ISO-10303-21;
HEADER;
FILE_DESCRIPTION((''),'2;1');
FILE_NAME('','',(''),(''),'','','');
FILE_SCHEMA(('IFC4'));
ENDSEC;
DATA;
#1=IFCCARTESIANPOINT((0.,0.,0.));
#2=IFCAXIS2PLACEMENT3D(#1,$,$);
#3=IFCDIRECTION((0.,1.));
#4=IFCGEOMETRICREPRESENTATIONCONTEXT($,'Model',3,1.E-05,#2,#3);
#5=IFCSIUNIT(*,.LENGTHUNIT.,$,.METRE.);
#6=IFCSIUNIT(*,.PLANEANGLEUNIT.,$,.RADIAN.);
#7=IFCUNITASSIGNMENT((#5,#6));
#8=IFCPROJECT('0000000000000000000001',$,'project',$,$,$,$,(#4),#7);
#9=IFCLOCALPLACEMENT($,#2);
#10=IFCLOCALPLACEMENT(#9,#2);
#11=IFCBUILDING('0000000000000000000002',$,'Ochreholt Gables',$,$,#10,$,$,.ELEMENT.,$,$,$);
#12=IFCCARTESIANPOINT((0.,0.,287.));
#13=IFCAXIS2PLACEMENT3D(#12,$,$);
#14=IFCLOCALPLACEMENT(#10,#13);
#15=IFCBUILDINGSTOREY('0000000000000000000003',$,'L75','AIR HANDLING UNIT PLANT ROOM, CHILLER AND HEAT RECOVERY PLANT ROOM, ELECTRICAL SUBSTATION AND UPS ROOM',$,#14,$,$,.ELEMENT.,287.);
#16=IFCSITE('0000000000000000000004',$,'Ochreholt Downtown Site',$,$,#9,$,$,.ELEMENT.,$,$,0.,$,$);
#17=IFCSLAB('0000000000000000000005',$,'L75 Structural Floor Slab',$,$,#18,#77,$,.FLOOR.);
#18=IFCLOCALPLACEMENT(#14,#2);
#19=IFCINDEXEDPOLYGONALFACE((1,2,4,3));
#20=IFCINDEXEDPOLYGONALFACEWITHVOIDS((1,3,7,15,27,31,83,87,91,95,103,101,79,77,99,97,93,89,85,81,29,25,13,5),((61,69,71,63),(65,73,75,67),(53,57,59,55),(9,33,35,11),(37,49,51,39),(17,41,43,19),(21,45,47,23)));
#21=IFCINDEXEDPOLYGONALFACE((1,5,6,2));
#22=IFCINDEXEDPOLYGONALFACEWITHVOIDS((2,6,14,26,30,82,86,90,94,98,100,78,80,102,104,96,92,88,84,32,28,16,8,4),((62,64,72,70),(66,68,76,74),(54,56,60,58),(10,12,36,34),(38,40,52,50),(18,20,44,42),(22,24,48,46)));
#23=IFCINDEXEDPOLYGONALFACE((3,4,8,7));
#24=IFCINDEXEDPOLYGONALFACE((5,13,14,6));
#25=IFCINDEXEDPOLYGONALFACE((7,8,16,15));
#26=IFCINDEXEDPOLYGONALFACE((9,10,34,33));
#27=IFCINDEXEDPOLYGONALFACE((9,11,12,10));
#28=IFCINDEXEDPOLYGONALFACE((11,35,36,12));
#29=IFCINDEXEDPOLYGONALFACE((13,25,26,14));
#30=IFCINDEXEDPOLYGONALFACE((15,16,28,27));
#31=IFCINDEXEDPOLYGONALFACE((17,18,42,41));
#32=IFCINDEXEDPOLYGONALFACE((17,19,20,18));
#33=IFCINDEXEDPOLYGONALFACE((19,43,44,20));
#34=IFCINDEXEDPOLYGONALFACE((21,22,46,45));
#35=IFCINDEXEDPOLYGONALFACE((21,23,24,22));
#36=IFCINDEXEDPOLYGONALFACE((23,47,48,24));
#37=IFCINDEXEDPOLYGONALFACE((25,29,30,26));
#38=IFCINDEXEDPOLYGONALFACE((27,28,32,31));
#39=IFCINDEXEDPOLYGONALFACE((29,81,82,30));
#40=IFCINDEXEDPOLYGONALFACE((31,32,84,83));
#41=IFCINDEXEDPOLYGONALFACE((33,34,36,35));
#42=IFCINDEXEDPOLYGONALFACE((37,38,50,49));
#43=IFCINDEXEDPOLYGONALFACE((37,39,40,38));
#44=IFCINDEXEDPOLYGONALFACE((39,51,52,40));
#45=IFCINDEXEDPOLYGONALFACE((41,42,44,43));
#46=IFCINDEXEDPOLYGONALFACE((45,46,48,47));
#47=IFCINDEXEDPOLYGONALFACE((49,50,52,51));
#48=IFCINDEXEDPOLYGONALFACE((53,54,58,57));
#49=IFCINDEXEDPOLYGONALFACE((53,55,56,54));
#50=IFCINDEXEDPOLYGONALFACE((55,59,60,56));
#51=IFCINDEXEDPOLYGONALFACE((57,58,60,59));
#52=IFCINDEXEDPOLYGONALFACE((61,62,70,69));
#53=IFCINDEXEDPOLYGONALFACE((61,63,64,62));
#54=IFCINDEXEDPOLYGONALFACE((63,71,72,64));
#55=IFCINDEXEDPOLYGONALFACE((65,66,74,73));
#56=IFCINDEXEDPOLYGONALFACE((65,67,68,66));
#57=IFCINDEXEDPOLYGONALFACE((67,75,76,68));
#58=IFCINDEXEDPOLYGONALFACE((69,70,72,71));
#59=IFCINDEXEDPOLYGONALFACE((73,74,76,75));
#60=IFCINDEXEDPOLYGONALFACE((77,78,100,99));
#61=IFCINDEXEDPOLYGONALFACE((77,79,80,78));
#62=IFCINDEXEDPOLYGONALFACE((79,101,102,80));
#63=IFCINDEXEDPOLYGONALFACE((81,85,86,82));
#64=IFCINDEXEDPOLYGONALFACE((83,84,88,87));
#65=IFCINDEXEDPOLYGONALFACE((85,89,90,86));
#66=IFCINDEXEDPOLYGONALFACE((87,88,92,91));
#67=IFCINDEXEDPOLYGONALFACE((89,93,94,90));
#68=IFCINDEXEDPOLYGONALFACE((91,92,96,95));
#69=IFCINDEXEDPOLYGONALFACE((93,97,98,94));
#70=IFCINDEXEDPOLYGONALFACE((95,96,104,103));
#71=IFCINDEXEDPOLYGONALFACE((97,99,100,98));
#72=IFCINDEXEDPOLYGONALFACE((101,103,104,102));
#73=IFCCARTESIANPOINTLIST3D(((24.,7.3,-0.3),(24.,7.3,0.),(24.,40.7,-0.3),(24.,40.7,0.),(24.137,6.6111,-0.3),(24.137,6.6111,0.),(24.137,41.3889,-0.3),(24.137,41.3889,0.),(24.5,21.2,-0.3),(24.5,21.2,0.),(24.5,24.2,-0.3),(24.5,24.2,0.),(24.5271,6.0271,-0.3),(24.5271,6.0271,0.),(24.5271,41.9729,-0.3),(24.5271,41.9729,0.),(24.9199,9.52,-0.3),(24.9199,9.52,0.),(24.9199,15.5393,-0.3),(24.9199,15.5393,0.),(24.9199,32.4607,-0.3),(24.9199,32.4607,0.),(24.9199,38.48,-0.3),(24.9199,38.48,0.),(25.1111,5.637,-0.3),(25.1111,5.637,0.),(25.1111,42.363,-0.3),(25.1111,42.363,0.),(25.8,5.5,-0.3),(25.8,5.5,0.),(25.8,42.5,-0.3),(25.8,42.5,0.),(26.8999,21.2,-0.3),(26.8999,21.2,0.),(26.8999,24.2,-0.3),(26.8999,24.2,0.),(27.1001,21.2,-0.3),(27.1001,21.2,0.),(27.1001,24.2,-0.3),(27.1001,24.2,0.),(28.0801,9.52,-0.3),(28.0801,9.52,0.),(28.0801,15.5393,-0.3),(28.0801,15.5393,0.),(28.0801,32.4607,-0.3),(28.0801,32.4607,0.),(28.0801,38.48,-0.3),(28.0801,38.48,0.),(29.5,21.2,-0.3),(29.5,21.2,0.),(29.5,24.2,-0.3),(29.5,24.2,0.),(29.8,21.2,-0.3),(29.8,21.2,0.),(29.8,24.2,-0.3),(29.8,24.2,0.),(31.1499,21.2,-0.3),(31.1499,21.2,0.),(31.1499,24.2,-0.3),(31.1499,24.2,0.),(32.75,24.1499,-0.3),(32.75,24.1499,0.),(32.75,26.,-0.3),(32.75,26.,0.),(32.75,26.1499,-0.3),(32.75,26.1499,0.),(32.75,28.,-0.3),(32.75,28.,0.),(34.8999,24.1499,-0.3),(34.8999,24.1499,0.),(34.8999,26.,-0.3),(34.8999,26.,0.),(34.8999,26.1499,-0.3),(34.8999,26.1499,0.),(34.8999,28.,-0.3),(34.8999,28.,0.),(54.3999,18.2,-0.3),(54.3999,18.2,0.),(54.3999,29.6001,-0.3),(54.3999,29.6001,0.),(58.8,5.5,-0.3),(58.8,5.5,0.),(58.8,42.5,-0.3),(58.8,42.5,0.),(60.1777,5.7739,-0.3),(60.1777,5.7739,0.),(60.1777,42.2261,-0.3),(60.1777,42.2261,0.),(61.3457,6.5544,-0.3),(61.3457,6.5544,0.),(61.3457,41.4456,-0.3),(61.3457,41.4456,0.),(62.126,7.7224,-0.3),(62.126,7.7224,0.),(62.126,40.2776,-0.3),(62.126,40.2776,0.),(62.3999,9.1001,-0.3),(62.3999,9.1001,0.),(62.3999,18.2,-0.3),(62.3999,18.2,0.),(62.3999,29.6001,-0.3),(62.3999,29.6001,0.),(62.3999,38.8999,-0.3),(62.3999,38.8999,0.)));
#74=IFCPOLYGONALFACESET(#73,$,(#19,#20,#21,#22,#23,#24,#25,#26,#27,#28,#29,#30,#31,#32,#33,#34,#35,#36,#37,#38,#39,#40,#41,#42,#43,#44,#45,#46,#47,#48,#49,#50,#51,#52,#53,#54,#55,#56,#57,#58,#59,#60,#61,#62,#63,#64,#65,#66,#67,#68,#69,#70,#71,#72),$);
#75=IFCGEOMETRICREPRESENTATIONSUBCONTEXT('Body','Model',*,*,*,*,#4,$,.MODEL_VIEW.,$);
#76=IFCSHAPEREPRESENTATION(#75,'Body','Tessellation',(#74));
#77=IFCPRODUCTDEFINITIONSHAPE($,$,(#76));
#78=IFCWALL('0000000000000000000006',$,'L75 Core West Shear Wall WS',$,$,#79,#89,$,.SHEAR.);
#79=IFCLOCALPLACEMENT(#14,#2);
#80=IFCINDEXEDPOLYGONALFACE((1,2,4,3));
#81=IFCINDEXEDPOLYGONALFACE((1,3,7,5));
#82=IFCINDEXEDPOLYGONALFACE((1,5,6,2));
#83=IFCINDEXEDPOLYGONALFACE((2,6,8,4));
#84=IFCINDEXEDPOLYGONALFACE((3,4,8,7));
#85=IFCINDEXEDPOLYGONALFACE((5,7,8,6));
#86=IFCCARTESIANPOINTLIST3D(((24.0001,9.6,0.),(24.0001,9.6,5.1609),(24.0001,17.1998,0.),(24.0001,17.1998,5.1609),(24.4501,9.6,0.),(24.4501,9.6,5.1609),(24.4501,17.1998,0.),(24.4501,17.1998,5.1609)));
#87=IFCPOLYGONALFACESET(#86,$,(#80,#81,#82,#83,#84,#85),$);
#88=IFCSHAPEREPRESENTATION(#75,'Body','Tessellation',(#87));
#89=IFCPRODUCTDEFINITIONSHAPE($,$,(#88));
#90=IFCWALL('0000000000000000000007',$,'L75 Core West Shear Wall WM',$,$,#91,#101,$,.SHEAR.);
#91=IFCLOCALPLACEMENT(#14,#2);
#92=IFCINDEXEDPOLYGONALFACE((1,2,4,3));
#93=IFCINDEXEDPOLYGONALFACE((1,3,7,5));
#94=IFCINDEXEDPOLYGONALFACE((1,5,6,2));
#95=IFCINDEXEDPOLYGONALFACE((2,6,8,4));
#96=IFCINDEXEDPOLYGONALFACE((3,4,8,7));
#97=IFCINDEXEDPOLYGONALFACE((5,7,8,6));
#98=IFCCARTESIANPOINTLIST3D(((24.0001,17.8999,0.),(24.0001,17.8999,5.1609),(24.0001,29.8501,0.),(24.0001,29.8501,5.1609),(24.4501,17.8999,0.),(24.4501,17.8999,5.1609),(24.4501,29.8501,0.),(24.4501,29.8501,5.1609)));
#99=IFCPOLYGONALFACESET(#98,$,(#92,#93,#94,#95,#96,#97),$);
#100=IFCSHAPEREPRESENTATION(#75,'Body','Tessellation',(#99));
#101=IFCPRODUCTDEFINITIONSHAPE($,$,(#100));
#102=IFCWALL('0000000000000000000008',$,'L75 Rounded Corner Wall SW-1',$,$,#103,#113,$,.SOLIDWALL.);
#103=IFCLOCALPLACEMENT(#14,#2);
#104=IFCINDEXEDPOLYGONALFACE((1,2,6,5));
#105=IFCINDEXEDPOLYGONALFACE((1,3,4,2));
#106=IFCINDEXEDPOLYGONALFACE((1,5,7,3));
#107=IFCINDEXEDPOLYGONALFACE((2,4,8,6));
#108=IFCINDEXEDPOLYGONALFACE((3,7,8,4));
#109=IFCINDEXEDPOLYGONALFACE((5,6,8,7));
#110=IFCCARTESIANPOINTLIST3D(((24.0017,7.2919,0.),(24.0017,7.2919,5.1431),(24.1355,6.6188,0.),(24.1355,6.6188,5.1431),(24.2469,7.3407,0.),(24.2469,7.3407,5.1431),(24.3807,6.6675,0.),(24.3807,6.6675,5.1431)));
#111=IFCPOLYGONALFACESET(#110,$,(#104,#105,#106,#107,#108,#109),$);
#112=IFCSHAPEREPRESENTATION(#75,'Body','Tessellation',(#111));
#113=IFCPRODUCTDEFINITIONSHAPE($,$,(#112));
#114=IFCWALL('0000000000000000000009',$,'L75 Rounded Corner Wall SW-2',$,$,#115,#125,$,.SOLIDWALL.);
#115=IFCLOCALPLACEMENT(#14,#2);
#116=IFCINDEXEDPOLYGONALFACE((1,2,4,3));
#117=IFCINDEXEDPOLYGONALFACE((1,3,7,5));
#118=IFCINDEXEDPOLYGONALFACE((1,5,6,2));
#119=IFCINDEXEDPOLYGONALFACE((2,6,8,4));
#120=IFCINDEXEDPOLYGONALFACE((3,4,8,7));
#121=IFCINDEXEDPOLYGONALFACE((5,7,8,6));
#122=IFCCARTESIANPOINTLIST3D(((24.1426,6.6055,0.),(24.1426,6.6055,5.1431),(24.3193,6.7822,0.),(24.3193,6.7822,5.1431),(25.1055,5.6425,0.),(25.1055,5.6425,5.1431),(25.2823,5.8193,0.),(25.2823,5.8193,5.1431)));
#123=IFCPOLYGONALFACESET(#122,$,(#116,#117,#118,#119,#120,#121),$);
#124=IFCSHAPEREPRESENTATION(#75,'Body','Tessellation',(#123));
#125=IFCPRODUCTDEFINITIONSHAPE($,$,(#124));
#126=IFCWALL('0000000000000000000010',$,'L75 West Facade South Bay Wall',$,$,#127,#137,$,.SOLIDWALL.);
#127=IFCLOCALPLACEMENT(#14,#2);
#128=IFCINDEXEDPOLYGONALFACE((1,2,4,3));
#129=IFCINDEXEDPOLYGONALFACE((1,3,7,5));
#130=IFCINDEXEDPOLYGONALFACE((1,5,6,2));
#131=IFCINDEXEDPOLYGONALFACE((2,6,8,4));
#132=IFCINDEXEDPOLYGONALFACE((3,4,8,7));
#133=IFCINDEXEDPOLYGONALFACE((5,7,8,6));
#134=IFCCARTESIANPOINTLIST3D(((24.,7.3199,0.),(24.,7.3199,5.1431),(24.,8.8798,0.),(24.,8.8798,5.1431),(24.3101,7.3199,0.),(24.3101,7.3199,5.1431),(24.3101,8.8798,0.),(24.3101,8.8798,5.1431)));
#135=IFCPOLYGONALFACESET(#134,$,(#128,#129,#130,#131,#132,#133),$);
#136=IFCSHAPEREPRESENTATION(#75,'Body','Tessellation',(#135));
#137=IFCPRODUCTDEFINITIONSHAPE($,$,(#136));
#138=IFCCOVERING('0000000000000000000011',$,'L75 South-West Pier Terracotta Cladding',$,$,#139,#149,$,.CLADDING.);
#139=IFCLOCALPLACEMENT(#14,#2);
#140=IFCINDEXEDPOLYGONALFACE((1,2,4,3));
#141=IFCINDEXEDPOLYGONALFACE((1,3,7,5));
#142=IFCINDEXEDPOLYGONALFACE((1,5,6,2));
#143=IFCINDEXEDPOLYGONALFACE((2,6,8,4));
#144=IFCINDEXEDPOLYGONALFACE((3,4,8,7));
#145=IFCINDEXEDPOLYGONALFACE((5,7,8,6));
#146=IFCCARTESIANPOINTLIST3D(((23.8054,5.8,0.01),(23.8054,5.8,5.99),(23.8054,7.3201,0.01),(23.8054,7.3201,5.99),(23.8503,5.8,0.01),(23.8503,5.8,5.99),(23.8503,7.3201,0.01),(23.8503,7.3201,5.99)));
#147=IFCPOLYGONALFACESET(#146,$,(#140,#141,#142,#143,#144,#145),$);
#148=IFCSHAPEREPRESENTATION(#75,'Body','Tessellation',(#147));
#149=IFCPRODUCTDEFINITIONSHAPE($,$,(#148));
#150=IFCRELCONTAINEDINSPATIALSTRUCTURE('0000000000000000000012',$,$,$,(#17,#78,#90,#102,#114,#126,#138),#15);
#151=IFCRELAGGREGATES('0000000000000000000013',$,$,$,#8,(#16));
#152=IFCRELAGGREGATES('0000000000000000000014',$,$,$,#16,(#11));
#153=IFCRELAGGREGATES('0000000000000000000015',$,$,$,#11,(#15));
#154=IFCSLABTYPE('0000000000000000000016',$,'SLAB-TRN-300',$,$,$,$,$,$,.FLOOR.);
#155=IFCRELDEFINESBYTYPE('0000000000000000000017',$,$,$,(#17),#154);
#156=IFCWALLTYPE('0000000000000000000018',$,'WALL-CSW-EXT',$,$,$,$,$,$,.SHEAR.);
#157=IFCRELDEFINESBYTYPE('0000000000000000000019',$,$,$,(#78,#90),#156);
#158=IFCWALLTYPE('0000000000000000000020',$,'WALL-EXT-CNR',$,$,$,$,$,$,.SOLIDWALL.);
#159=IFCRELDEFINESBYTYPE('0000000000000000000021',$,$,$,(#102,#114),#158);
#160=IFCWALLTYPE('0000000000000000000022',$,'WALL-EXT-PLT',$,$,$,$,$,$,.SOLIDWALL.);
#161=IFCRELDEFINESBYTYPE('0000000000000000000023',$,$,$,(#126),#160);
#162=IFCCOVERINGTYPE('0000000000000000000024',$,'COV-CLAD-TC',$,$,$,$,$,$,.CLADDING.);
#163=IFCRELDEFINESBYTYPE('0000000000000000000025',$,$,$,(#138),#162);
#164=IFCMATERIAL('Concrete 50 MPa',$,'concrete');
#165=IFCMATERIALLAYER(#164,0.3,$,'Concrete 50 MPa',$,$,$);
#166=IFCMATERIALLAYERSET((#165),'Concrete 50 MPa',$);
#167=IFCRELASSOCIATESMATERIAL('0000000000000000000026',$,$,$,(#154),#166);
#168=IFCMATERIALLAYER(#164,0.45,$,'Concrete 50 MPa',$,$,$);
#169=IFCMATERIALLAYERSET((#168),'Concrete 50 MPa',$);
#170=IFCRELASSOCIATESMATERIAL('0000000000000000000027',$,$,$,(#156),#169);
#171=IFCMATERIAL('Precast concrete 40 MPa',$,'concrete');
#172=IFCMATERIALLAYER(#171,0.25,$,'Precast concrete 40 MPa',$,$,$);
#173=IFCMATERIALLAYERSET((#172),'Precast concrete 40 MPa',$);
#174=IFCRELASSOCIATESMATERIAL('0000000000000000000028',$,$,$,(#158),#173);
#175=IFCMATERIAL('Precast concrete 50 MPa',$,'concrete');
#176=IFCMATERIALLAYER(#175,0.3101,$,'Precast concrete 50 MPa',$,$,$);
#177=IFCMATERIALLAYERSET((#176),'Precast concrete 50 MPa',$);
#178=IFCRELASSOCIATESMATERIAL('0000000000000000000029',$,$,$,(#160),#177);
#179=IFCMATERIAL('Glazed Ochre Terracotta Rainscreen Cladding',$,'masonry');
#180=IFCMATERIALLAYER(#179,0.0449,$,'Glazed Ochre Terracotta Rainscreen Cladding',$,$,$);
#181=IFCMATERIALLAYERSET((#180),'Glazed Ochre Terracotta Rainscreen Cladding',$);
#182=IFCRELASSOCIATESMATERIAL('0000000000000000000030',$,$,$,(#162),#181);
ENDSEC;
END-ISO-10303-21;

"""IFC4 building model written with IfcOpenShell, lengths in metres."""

from ifc_helpers import new_model, si_unit, direction, frame, frame_2d, origin, origin_2d, place, context, subcontext, project, spatial, polyline, rectangle, outline, extrude, material, layer, layer_set, type_object, element, save


model = new_model("IFC4")

# Units and contexts
model_context = context("Model", 3, precision=1e-05, world=origin(), true_north=direction((0.0, 1.0)))
body_context = subcontext(model_context, "Body", "Model", "MODEL_VIEW")
ifc_project = project(units=[si_unit("LENGTHUNIT", "METRE"), si_unit("PLANEANGLEUNIT", "RADIAN")], contexts=[model_context])

# Site, building, storey
site_placement = place(None, origin())
site = spatial("IfcSite", under=ifc_project, at=site_placement, Name="Ochreholt Downtown Site", CompositionType="ELEMENT", RefElevation=0.0)
building_placement = place(site_placement, origin())
building = spatial("IfcBuilding", under=site, at=building_placement, Name="Ochreholt Gables", CompositionType="ELEMENT")
storey_placement = place(building_placement, frame((0.0, 0.0, 287.0)))
storey = spatial("IfcBuildingStorey", under=building, at=storey_placement, Name="L75", Description="AIR HANDLING UNIT PLANT ROOM, CHILLER AND HEAT RECOVERY PLANT ROOM, ELECTRICAL SUBSTATION AND UPS ROOM", CompositionType="ELEMENT", Elevation=287.0)

# Shared definitions
ifc_material_1 = material(Name="Concrete 50 MPa", Category="concrete")

# Slab
ifc_layer_1 = layer(ifc_material_1, 0.3, Name="Concrete 50 MPa")
ifc_layer_set_1 = layer_set([ifc_layer_1], Name="Concrete 50 MPa")
slab_type_1 = type_object("IfcSlabType", Name="SLAB-TRN-300", PredefinedType="FLOOR", material=ifc_layer_set_1)
slab_1_placement = place(storey_placement, frame((0.0, 0.0, -0.3)))
element("IfcSlab", 1, at=slab_1_placement, inside=storey, type_object=slab_type_1, Name="L75 Structural Floor Slab", PredefinedType="FLOOR", context=body_context, shape_type="SweptSolid", body=[
    extrude(outline(polyline([(62.3999, 18.2), (54.3999, 18.2), (54.3999, 29.6001), (62.3999, 29.6001), (62.3999, 38.8999), (62.126, 40.2776), (61.3457, 41.4456), (60.1777, 42.2261), (58.8, 42.5), (25.8, 42.5), (25.1111, 42.363), (24.5271, 41.9729), (24.137, 41.3889), (24.0, 40.7), (24.0, 7.3), (24.137, 6.6111), (24.5271, 6.0271), (25.1111, 5.637), (25.8, 5.5), (58.8, 5.5), (60.1777, 5.7739), (61.3457, 6.5544), (62.126, 7.7224), (62.3999, 9.1001), (62.3999, 18.2)]), holes=[polyline([(24.9199, 15.5393), (24.9199, 9.52), (28.0801, 9.52), (28.0801, 15.5393), (24.9199, 15.5393)]), polyline([(28.0801, 32.4607), (28.0801, 38.48), (24.9199, 38.48), (24.9199, 32.4607), (28.0801, 32.4607)]), polyline([(24.5, 21.2), (26.8999, 21.2), (26.8999, 24.2), (24.5, 24.2), (24.5, 21.2)]), polyline([(27.1001, 21.2), (29.5, 21.2), (29.5, 24.2), (27.1001, 24.2), (27.1001, 21.2)]), polyline([(32.75, 24.1499), (34.8999, 24.1499), (34.8999, 26.0), (32.75, 26.0), (32.75, 24.1499)]), polyline([(32.75, 26.1499), (34.8999, 26.1499), (34.8999, 28.0), (32.75, 28.0), (32.75, 26.1499)]), polyline([(29.8, 21.2), (31.1499, 21.2), (31.1499, 24.2), (29.8, 24.2), (29.8, 21.2)])]), origin(), (0.0, 0.0, 1.0), 0.3),
])

# Walls
ifc_layer_2 = layer(ifc_material_1, 0.45, Name="Concrete 50 MPa")
ifc_layer_set_2 = layer_set([ifc_layer_2], Name="Concrete 50 MPa")
wall_type_1 = type_object("IfcWallType", Name="WALL-CSW-EXT", PredefinedType="SHEAR", material=ifc_layer_set_2)
wall_1_placement = place(storey_placement, frame((24.2251, 9.6001, 0.0), z_axis=(0.0, 0.0, 1.0), x_axis=(0.0, 1.0, 0.0)))
element("IfcWall", 2, at=wall_1_placement, inside=storey, type_object=wall_type_1, Name="L75 Core West Shear Wall WS", PredefinedType="SHEAR", context=body_context, shape_type="SweptSolid", body=[
    extrude(rectangle(XDim=7.5999, YDim=0.45, at=frame_2d((3.7998, 0.0))), origin(), (0.0, 0.0, 1.0), 5.1609),
])
wall_2_placement = place(storey_placement, frame((24.2251, 17.8999, 0.0), z_axis=(0.0, 0.0, 1.0), x_axis=(0.0, 1.0, 0.0)))
element("IfcWall", 3, at=wall_2_placement, inside=storey, type_object=wall_type_1, Name="L75 Core West Shear Wall WM", PredefinedType="SHEAR", context=body_context, shape_type="SweptSolid", body=[
    extrude(rectangle(XDim=11.9502, YDim=0.45, at=frame_2d((5.9751, 0.0))), origin(), (0.0, 0.0, 1.0), 5.1609),
])
ifc_material_2 = material(Name="Precast concrete 40 MPa", Category="concrete")
ifc_layer_3 = layer(ifc_material_2, 0.25, Name="Precast concrete 40 MPa")
ifc_layer_set_3 = layer_set([ifc_layer_3], Name="Precast concrete 40 MPa")
wall_type_2 = type_object("IfcWallType", Name="WALL-EXT-CNR", PredefinedType="SOLIDWALL", material=ifc_layer_set_3)
wall_3_placement = place(storey_placement, frame((24.1243, 7.3164, 0.0), z_axis=(0.0, 0.0, 1.0), x_axis=(0.194953, -0.980813, 0.0)))
element("IfcWall", 4, at=wall_3_placement, inside=storey, type_object=wall_type_2, Name="L75 Rounded Corner Wall SW-1", PredefinedType="SOLIDWALL", context=body_context, shape_type="SweptSolid", body=[
    extrude(rectangle(XDim=0.6863, YDim=0.25, at=frame_2d((0.3433, 0.0))), origin(), (0.0, 0.0, 1.0), 5.1431),
])
wall_4_placement = place(storey_placement, frame((24.231, 6.6938, 0.0), z_axis=(0.0, 0.0, 1.0), x_axis=(0.707107, -0.707107, 0.0)))
element("IfcWall", 5, at=wall_4_placement, inside=storey, type_object=wall_type_2, Name="L75 Rounded Corner Wall SW-2", PredefinedType="SOLIDWALL", context=body_context, shape_type="SweptSolid", body=[
    extrude(rectangle(XDim=1.3618, YDim=0.25, at=frame_2d((0.6809, 0.0))), origin(), (0.0, 0.0, 1.0), 5.1431),
])
ifc_material_3 = material(Name="Precast concrete 50 MPa", Category="concrete")
ifc_layer_4 = layer(ifc_material_3, 0.3101, Name="Precast concrete 50 MPa")
ifc_layer_set_4 = layer_set([ifc_layer_4], Name="Precast concrete 50 MPa")
wall_type_3 = type_object("IfcWallType", Name="WALL-EXT-PLT", PredefinedType="SOLIDWALL", material=ifc_layer_set_4)
wall_5_placement = place(storey_placement, frame((24.155, 7.3201, 0.0), z_axis=(0.0, 0.0, 1.0), x_axis=(0.0, 1.0, 0.0)))
element("IfcWall", 6, at=wall_5_placement, inside=storey, type_object=wall_type_3, Name="L75 West Facade South Bay Wall", PredefinedType="SOLIDWALL", context=body_context, shape_type="SweptSolid", body=[
    extrude(rectangle(XDim=1.5598, YDim=0.3101, at=frame_2d((0.7798, 0.0))), origin(), (0.0, 0.0, 1.0), 5.1431),
])

# Covering
ifc_material_4 = material(Name="Glazed Ochre Terracotta Rainscreen Cladding", Category="masonry")
ifc_layer_5 = layer(ifc_material_4, 0.0449, Name="Glazed Ochre Terracotta Rainscreen Cladding")
ifc_layer_set_5 = layer_set([ifc_layer_5], Name="Glazed Ochre Terracotta Rainscreen Cladding")
covering_type = type_object("IfcCoveringType", Name="COV-CLAD-TC", PredefinedType="CLADDING", material=ifc_layer_set_5)
covering_placement = place(storey_placement, frame((23.8279, 6.5601, 0.01), z_axis=(0.0, 0.0, 1.0), x_axis=(0.0, 1.0, 0.0)))
element("IfcCovering", 7, at=covering_placement, inside=storey, type_object=covering_type, Name="L75 South-West Pier Terracotta Cladding", PredefinedType="CLADDING", context=body_context, shape_type="SweptSolid", body=[
    extrude(rectangle(XDim=1.52, YDim=0.0449, at=origin_2d()), origin(), (0.0, 0.0, 1.0), 5.98),
])

save(model, "model.ifc")
